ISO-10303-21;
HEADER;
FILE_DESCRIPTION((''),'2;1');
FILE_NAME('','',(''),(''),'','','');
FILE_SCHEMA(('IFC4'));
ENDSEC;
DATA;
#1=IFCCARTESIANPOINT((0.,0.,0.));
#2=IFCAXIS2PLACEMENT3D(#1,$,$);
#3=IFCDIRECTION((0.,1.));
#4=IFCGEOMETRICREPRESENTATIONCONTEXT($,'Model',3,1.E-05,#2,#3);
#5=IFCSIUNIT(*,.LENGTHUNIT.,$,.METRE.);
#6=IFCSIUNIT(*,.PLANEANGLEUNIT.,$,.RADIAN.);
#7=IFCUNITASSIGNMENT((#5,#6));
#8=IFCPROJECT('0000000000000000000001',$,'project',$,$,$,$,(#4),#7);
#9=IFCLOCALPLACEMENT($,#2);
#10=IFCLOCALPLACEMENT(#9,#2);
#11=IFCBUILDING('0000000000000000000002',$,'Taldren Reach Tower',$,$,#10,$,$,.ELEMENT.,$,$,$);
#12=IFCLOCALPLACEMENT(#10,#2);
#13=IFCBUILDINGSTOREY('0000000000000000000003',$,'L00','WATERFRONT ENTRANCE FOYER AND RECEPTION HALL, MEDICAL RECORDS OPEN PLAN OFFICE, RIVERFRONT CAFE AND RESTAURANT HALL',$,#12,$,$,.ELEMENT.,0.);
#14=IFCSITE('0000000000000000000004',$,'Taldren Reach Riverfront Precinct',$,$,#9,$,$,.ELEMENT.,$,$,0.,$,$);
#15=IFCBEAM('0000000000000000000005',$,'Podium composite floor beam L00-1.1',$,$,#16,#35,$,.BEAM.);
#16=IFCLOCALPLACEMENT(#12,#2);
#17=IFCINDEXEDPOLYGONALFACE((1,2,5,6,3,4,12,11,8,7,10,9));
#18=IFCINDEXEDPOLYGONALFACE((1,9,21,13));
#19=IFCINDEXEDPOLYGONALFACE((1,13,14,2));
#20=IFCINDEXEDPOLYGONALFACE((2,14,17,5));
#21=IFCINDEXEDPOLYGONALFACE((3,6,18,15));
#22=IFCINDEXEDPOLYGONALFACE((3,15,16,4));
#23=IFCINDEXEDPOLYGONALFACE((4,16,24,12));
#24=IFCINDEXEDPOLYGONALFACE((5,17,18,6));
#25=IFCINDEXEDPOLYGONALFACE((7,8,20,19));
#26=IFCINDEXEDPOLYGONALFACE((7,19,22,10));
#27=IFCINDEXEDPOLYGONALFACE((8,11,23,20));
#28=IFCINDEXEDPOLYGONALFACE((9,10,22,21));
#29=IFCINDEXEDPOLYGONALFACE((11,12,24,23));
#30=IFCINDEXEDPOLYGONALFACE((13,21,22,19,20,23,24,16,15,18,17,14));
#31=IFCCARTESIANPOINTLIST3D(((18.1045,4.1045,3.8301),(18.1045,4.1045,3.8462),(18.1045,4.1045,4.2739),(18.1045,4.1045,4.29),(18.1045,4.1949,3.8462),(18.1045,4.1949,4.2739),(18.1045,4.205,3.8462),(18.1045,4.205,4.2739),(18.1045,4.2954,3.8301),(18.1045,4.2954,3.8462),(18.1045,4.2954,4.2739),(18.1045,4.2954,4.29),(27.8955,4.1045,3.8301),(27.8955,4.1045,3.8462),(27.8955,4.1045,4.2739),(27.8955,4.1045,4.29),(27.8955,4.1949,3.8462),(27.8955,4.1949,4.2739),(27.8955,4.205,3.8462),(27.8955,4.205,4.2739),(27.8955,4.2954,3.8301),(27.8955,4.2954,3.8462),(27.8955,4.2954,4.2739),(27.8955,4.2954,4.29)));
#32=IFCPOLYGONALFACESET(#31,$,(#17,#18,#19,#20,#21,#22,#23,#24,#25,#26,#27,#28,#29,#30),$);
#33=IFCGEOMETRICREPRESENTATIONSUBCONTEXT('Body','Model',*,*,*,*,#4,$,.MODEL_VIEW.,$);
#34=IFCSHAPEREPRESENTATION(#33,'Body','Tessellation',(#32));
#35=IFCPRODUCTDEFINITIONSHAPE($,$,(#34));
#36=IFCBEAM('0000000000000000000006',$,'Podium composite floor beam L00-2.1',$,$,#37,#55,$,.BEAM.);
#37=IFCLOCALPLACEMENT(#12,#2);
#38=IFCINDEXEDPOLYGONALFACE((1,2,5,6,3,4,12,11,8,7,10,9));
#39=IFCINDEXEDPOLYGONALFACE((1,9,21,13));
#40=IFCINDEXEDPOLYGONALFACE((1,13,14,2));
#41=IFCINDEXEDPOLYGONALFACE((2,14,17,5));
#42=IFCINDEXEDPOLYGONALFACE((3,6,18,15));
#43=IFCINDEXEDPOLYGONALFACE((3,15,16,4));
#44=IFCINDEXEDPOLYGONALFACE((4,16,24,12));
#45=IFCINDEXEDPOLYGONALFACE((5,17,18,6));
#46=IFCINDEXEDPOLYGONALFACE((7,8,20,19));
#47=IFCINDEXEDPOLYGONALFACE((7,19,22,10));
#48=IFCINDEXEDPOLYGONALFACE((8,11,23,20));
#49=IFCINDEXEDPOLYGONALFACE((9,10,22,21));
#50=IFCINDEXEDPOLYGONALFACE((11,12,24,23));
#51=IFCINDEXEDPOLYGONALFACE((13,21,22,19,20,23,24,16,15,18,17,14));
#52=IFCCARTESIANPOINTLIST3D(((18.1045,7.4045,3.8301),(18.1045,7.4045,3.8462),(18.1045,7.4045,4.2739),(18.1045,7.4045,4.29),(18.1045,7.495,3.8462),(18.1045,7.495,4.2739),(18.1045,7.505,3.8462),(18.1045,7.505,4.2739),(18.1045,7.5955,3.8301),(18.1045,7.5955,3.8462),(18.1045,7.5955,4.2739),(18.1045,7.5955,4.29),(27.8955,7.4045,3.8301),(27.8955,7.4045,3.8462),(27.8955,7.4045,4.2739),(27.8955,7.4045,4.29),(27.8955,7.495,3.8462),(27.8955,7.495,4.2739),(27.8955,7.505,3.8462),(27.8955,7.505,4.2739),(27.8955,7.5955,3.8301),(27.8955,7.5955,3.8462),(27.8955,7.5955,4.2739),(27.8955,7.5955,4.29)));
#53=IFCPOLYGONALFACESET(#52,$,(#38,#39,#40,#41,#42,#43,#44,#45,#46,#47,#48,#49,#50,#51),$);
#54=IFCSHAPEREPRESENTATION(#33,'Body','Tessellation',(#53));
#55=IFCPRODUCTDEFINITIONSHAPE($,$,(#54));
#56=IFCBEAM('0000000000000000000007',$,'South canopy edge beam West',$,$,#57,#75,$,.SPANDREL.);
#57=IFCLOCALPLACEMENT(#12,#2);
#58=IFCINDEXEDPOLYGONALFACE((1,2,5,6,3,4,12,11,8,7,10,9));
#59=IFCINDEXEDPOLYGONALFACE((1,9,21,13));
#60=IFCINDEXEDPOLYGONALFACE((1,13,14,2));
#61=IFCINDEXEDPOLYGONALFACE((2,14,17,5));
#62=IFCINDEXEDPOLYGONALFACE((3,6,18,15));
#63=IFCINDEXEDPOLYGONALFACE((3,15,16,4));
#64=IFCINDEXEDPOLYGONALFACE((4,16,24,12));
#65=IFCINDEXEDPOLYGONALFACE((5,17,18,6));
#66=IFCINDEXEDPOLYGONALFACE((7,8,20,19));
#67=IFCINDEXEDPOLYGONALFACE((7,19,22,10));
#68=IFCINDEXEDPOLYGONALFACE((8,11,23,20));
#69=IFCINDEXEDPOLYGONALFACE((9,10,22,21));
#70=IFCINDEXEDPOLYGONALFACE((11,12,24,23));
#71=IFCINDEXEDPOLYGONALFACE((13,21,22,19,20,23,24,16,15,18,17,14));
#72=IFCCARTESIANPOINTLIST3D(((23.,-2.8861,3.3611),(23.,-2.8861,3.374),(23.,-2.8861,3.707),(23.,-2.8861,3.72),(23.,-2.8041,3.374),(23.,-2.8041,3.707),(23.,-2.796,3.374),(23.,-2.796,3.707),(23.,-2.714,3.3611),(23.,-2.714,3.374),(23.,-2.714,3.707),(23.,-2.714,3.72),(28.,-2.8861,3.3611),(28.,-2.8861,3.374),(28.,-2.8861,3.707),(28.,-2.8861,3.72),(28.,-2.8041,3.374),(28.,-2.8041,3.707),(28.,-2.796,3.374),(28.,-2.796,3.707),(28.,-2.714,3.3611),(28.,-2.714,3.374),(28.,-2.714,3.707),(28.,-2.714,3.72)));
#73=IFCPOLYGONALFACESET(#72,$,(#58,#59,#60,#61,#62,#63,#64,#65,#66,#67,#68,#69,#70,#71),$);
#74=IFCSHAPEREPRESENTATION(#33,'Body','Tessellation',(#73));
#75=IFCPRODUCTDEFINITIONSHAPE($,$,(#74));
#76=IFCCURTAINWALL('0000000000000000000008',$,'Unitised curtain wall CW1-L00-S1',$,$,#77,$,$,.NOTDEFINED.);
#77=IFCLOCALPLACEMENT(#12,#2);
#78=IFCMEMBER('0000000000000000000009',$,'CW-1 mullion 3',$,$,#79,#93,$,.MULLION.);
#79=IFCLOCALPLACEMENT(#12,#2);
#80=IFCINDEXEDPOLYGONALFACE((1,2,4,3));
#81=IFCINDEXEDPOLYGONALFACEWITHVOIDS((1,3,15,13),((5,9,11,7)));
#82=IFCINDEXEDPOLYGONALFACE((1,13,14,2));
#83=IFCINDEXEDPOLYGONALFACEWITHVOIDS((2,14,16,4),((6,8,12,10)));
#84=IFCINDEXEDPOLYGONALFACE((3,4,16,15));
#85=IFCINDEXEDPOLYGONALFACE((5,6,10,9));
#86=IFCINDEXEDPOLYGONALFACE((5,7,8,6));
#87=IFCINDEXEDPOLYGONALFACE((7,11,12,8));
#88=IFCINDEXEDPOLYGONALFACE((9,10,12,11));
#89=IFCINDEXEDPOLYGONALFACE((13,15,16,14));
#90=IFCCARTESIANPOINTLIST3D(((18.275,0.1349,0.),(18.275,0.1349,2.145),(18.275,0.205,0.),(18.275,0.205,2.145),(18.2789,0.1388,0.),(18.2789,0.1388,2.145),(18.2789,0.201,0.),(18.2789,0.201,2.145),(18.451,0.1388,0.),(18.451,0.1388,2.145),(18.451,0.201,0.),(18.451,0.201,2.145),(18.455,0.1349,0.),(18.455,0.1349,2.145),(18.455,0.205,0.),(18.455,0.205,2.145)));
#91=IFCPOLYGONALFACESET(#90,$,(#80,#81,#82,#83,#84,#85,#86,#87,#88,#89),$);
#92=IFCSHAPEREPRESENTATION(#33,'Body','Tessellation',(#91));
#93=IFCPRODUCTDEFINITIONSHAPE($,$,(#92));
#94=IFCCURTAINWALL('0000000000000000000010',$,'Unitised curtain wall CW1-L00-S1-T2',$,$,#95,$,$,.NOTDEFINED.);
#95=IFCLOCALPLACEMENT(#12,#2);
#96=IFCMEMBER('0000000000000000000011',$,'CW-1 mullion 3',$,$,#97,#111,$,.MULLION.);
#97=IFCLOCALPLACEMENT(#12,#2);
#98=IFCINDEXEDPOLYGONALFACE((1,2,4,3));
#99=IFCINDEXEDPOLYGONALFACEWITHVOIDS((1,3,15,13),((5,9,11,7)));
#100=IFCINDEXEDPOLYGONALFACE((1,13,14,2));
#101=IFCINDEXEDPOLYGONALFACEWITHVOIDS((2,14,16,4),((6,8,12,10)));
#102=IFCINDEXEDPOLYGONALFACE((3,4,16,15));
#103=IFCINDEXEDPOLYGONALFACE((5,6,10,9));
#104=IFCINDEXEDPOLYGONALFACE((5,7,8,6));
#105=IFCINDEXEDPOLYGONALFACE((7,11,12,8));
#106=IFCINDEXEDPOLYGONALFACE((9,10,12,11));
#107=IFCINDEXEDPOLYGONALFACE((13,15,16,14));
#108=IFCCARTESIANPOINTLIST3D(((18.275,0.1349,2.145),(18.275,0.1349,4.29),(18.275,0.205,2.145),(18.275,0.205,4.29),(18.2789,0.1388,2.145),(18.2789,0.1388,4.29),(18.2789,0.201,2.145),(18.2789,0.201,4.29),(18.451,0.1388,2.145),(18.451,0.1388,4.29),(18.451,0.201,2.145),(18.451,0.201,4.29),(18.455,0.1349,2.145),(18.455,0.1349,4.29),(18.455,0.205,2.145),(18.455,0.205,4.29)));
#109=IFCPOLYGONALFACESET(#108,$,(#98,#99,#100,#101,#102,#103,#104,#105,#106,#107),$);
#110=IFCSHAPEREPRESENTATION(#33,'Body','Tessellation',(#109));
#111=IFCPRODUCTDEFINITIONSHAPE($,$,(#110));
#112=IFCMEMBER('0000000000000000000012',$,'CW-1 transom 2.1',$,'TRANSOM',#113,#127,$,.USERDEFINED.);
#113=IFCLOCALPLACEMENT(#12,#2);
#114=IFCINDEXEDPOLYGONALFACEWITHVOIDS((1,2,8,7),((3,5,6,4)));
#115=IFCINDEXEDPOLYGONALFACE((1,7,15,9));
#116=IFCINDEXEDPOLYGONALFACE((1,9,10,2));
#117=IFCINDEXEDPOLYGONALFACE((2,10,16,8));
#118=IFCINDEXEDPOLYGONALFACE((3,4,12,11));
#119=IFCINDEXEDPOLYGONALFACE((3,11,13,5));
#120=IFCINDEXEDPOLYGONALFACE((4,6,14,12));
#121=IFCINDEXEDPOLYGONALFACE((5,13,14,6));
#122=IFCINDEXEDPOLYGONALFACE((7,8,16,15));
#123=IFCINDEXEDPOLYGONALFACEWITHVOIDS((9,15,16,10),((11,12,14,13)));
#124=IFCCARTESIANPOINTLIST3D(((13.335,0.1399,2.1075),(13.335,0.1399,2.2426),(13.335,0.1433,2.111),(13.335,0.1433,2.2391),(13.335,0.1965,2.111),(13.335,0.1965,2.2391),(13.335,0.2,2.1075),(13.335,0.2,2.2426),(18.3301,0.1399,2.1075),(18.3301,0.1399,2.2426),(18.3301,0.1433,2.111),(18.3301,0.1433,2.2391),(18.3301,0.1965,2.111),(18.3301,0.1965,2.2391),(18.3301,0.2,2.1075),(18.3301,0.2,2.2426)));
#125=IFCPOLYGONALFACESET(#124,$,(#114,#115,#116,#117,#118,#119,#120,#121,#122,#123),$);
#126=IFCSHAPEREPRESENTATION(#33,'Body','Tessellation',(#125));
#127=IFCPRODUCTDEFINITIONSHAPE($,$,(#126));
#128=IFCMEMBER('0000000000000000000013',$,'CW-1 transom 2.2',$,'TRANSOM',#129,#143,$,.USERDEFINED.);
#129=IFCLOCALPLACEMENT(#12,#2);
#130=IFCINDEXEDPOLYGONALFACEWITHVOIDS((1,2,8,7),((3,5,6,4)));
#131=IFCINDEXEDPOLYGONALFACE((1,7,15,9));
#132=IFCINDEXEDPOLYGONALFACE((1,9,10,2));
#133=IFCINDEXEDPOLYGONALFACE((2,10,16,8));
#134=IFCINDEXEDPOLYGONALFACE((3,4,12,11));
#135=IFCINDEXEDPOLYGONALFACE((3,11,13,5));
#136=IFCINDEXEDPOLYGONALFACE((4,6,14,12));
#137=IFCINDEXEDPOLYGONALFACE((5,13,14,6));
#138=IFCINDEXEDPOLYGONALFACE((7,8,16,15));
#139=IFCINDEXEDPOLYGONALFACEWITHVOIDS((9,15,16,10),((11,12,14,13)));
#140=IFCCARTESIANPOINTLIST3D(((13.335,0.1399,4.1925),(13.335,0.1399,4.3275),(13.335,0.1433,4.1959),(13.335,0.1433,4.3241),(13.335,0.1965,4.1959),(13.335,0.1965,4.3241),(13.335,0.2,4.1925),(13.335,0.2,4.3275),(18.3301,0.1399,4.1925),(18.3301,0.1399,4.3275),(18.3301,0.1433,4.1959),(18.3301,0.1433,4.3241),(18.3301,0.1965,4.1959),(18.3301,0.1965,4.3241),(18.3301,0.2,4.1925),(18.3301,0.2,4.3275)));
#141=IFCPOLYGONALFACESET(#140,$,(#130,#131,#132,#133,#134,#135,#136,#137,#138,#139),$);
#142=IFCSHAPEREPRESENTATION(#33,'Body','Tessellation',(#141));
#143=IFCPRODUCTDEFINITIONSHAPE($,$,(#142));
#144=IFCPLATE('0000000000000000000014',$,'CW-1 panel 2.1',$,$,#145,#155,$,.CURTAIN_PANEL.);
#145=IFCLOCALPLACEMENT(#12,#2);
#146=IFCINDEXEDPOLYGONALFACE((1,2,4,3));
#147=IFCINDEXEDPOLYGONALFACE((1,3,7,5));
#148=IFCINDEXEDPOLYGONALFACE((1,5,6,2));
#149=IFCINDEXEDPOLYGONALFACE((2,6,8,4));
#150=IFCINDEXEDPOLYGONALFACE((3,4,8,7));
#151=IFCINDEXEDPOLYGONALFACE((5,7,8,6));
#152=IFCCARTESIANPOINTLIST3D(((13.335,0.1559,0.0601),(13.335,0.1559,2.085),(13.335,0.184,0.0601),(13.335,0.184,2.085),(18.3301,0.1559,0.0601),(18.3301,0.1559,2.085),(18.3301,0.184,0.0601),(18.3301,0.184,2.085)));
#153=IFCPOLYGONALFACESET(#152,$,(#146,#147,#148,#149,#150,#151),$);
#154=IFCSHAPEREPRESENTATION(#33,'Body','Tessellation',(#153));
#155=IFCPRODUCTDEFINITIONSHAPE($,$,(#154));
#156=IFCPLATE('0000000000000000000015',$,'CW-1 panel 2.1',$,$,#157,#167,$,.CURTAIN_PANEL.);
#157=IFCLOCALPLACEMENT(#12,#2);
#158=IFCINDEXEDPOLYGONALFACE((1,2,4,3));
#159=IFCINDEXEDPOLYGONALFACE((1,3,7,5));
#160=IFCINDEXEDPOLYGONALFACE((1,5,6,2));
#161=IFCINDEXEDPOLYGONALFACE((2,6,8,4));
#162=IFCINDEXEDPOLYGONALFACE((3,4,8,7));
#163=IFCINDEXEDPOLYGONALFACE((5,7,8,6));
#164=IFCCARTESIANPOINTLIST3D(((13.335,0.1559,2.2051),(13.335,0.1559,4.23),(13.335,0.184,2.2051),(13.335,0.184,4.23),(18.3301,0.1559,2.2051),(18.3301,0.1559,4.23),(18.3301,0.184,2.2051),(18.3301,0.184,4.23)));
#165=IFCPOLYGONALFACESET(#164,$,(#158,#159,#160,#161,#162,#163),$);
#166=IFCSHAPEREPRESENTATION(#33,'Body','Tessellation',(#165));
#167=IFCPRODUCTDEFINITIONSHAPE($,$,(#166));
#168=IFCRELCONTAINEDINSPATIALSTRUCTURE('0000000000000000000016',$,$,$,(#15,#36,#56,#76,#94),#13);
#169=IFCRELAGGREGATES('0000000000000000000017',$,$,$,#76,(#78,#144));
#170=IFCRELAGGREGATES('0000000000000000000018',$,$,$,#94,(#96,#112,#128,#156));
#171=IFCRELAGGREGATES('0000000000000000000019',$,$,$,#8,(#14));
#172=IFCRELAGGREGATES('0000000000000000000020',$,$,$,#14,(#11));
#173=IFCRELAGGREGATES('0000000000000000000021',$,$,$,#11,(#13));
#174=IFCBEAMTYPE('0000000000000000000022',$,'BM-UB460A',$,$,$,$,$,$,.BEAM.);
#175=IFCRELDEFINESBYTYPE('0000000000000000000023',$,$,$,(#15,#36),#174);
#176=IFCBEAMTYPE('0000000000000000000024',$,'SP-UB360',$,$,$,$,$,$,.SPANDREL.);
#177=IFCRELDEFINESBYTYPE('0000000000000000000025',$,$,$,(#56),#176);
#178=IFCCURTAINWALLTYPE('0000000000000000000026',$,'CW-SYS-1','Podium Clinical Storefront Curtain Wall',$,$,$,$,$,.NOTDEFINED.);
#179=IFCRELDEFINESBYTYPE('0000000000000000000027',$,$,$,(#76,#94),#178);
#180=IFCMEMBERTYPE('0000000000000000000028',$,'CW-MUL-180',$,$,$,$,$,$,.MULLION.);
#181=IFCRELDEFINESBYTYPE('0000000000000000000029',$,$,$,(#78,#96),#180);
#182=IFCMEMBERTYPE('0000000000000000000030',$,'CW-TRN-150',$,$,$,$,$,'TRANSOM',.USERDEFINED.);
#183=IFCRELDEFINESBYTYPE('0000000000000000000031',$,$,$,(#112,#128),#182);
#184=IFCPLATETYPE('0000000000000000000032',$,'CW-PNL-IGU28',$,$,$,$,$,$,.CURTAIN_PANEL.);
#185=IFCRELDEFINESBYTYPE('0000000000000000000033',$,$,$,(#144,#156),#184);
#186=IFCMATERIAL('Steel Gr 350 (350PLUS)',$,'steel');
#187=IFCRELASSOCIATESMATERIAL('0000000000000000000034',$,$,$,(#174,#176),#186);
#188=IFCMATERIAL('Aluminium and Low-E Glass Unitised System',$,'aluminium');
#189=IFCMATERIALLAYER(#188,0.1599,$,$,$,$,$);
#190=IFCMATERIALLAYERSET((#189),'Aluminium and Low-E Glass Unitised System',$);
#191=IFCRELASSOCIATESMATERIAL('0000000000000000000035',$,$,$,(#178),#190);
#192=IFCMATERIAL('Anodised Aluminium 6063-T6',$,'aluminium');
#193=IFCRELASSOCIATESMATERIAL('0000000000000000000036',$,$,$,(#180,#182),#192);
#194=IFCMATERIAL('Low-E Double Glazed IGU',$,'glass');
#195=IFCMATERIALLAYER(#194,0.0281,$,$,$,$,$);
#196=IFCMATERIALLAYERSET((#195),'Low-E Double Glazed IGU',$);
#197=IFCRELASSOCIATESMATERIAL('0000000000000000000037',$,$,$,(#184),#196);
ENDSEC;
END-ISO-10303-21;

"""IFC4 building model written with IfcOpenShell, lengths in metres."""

from ifc_helpers import new_model, si_unit, direction, frame, origin, origin_2d, place, context, subcontext, project, spatial, rectangle, hollow_rectangle, i_section, extrude, source, transform, mapped, material, layer, layer_set, material_profile, profile_set, type_object, element, aggregate, save


model = new_model("IFC4")

# Units and contexts
model_context = context("Model", 3, precision=1e-05, world=origin(), true_north=direction((0.0, 1.0)))
body_context = subcontext(model_context, "Body", "Model", "MODEL_VIEW")
ifc_project = project(units=[si_unit("LENGTHUNIT", "METRE"), si_unit("PLANEANGLEUNIT", "RADIAN")], contexts=[model_context])

# Site, building, storey
site_placement = place(None, origin())
site = spatial("IfcSite", under=ifc_project, at=site_placement, Name="Taldren Reach Riverfront Precinct", CompositionType="ELEMENT", RefElevation=0.0)
building_placement = place(site_placement, origin())
building = spatial("IfcBuilding", under=site, at=building_placement, Name="Taldren Reach Tower", CompositionType="ELEMENT")
storey_placement = place(building_placement, origin())
storey = spatial("IfcBuildingStorey", under=building, at=storey_placement, Name="L00", Description="WATERFRONT ENTRANCE FOYER AND RECEPTION HALL, MEDICAL RECORDS OPEN PLAN OFFICE, RIVERFRONT CAFE AND RESTAURANT HALL", CompositionType="ELEMENT", Elevation=0.0)

# Shared definitions
ifc_material_1 = material(Name="Steel Gr 350 (350PLUS)", Category="steel")

# Beams
ifc_material_profile_1 = material_profile(ifc_material_1, i_section(OverallWidth=0.1909, OverallDepth=0.46, WebThickness=0.01, FlangeThickness=0.0161, at=origin_2d()), Name="460UB82.1")
ifc_profile_set_1 = profile_set([ifc_material_profile_1], Name="Steel Gr 350 (350PLUS)")
beam_type_1 = type_object("IfcBeamType", Name="BM-UB460A", PredefinedType="BEAM", material=ifc_profile_set_1)
shared_shape_1 = source(origin(), body_context, "Body", "SweptSolid", [
    extrude(i_section(OverallWidth=0.1909, OverallDepth=0.46, WebThickness=0.01, FlangeThickness=0.0161, at=origin_2d()), origin(), (0.0, 0.0, 1.0), 9.791),
])
for number, where, z_axis, x_axis, name in (
    (1, (18.1045, 4.2, 4.0601), (1.0, 0.0, 0.0), (0.0, 1.0, 0.0), "Podium composite floor beam L00-1.1"),
    (2, (18.1045, 7.5, 4.0601), (1.0, 0.0, 0.0), (0.0, 1.0, 0.0), "Podium composite floor beam L00-2.1"),
):
    element("IfcBeam", number, at=place(storey_placement, frame(where, z_axis=z_axis, x_axis=x_axis)), inside=storey, type_object=beam_type_1, Name=name, PredefinedType="BEAM", context=body_context, shape_type="MappedRepresentation", body=[
        mapped(shared_shape_1, transform((0.0, 0.0, 0.0), scale=1.0)),
    ])
ifc_material_profile_2 = material_profile(ifc_material_1, i_section(OverallWidth=0.1721, OverallDepth=0.3589, WebThickness=0.0081, FlangeThickness=0.0129, at=origin_2d()), Name="360UB56.7")
ifc_profile_set_2 = profile_set([ifc_material_profile_2], Name="Steel Gr 350 (350PLUS)")
beam_type_2 = type_object("IfcBeamType", Name="SP-UB360", PredefinedType="SPANDREL", material=ifc_profile_set_2)
shared_shape_2 = source(origin(), body_context, "Body", "SweptSolid", [
    extrude(i_section(OverallWidth=0.1721, OverallDepth=0.3589, WebThickness=0.0081, FlangeThickness=0.0129, at=origin_2d()), origin(), (0.0, 0.0, 1.0), 5.0),
])
beam_1_placement = place(storey_placement, frame((23.0, -2.8, 3.5405), z_axis=(1.0, 0.0, 0.0), x_axis=(0.0, 1.0, 0.0)))
element("IfcBeam", 3, at=beam_1_placement, inside=storey, type_object=beam_type_2, Name="South canopy edge beam West", PredefinedType="SPANDREL", context=body_context, shape_type="MappedRepresentation", body=[
    mapped(shared_shape_2, transform((0.0, 0.0, 0.0), scale=1.0)),
])

# Curtain wall, member
ifc_material_2 = material(Name="Aluminium and Low-E Glass Unitised System", Category="aluminium")
ifc_layer_1 = layer(ifc_material_2, 0.1599)
ifc_layer_set_1 = layer_set([ifc_layer_1], Name="Aluminium and Low-E Glass Unitised System")
curtain_wall_type = type_object("IfcCurtainWallType", Name="CW-SYS-1", Description="Podium Clinical Storefront Curtain Wall", PredefinedType="NOTDEFINED", material=ifc_layer_set_1)
curtain_wall_1_placement = place(storey_placement, origin())
curtain_wall_1 = element("IfcCurtainWall", 4, at=curtain_wall_1_placement, inside=storey, type_object=curtain_wall_type, Name="Unitised curtain wall CW1-L00-S1", PredefinedType="NOTDEFINED")
ifc_material_3 = material(Name="Anodised Aluminium 6063-T6", Category="aluminium")
ifc_material_profile_3 = material_profile(ifc_material_3, hollow_rectangle(XDim=0.0701, YDim=0.1799, WallThickness=0.0039, at=origin_2d()), Name="ALU-180x70x4RHS")
ifc_profile_set_3 = profile_set([ifc_material_profile_3], Name="Anodised Aluminium 6063-T6")
member_type_1 = type_object("IfcMemberType", Name="CW-MUL-180", PredefinedType="MULLION", material=ifc_profile_set_3)
shared_shape_3 = source(origin(), body_context, "Body", "SweptSolid", [
    extrude(hollow_rectangle(XDim=0.0701, YDim=0.1799, WallThickness=0.0039, at=origin_2d()), origin(), (0.0, 0.0, 1.0), 2.145),
])
member_1_placement = place(storey_placement, frame((18.365, 0.1699, 0.0), z_axis=(0.0, 0.0, 1.0), x_axis=(0.0, 1.0, 0.0)))
member_1 = element("IfcMember", 5, at=member_1_placement, type_object=member_type_1, Name="CW-1 mullion 3", PredefinedType="MULLION", context=body_context, shape_type="MappedRepresentation", body=[
    mapped(shared_shape_3, transform((0.0, 0.0, 0.0), scale=1.0)),
])

# Curtain wall, members
curtain_wall_2_placement = place(storey_placement, origin())
curtain_wall_2 = element("IfcCurtainWall", 6, at=curtain_wall_2_placement, inside=storey, type_object=curtain_wall_type, Name="Unitised curtain wall CW1-L00-S1-T2", PredefinedType="NOTDEFINED")
member_2_placement = place(storey_placement, frame((18.365, 0.1699, 2.145), z_axis=(0.0, 0.0, 1.0), x_axis=(0.0, 1.0, 0.0)))
member_2 = element("IfcMember", 7, at=member_2_placement, type_object=member_type_1, Name="CW-1 mullion 3", PredefinedType="MULLION", context=body_context, shape_type="MappedRepresentation", body=[
    mapped(shared_shape_3, transform((0.0, 0.0, 0.0), scale=1.0)),
])
ifc_material_profile_4 = material_profile(ifc_material_3, hollow_rectangle(XDim=0.0601, YDim=0.135, WallThickness=0.0034, at=origin_2d()), Name="ALU-135x60x3.5RHS")
ifc_profile_set_4 = profile_set([ifc_material_profile_4], Name="Anodised Aluminium 6063-T6")
member_type_2 = type_object("IfcMemberType", Name="CW-TRN-150", ElementType="TRANSOM", PredefinedType="USERDEFINED", material=ifc_profile_set_4)
shared_shape_4 = source(origin(), body_context, "Body", "SweptSolid", [
    extrude(hollow_rectangle(XDim=0.0601, YDim=0.135, WallThickness=0.0034, at=origin_2d()), origin(), (0.0, 0.0, 1.0), 4.9951),
])
member_3_placement = place(storey_placement, frame((13.335, 0.1699, 2.175), z_axis=(1.0, 0.0, 0.0), x_axis=(0.0, 1.0, 0.0)))
member_3 = element("IfcMember", 8, at=member_3_placement, type_object=member_type_2, Name="CW-1 transom 2.1", ObjectType="TRANSOM", PredefinedType="USERDEFINED", context=body_context, shape_type="MappedRepresentation", body=[
    mapped(shared_shape_4, transform((0.0, 0.0, 0.0), scale=1.0)),
])
member_4_placement = place(storey_placement, frame((13.335, 0.1699, 4.26), z_axis=(1.0, 0.0, 0.0), x_axis=(0.0, 1.0, 0.0)))
member_4 = element("IfcMember", 9, at=member_4_placement, type_object=member_type_2, Name="CW-1 transom 2.2", ObjectType="TRANSOM", PredefinedType="USERDEFINED", context=body_context, shape_type="MappedRepresentation", body=[
    mapped(shared_shape_4, transform((0.0, 0.0, 0.0), scale=1.0)),
])

# Plates
ifc_material_4 = material(Name="Low-E Double Glazed IGU", Category="glass")
ifc_layer_2 = layer(ifc_material_4, 0.0281)
ifc_layer_set_2 = layer_set([ifc_layer_2], Name="Low-E Double Glazed IGU")
plate_type = type_object("IfcPlateType", Name="CW-PNL-IGU28", PredefinedType="CURTAIN_PANEL", material=ifc_layer_set_2)
shared_shape_5 = source(origin(), body_context, "Body", "SweptSolid", [
    extrude(rectangle(XDim=4.9951, YDim=0.0281, at=origin_2d()), origin(), (0.0, 0.0, 1.0), 2.0249),
])
plate_1_placement = place(storey_placement, frame((15.8325, 0.1699, 0.0601), z_axis=(0.0, 0.0, 1.0), x_axis=(1.0, 0.0, 0.0)))
plate_1 = element("IfcPlate", 10, at=plate_1_placement, type_object=plate_type, Name="CW-1 panel 2.1", PredefinedType="CURTAIN_PANEL", context=body_context, shape_type="MappedRepresentation", body=[
    mapped(shared_shape_5, transform((0.0, 0.0, 0.0), scale=1.0)),
])
aggregate(curtain_wall_1, [member_1, plate_1])
plate_2_placement = place(storey_placement, frame((15.8325, 0.1699, 2.2051), z_axis=(0.0, 0.0, 1.0), x_axis=(1.0, 0.0, 0.0)))
plate_2 = element("IfcPlate", 11, at=plate_2_placement, type_object=plate_type, Name="CW-1 panel 2.1", PredefinedType="CURTAIN_PANEL", context=body_context, shape_type="MappedRepresentation", body=[
    mapped(shared_shape_5, transform((0.0, 0.0, 0.0), scale=1.0)),
])
aggregate(curtain_wall_2, [member_2, member_3, member_4, plate_2])

save(model, "model.ifc")
